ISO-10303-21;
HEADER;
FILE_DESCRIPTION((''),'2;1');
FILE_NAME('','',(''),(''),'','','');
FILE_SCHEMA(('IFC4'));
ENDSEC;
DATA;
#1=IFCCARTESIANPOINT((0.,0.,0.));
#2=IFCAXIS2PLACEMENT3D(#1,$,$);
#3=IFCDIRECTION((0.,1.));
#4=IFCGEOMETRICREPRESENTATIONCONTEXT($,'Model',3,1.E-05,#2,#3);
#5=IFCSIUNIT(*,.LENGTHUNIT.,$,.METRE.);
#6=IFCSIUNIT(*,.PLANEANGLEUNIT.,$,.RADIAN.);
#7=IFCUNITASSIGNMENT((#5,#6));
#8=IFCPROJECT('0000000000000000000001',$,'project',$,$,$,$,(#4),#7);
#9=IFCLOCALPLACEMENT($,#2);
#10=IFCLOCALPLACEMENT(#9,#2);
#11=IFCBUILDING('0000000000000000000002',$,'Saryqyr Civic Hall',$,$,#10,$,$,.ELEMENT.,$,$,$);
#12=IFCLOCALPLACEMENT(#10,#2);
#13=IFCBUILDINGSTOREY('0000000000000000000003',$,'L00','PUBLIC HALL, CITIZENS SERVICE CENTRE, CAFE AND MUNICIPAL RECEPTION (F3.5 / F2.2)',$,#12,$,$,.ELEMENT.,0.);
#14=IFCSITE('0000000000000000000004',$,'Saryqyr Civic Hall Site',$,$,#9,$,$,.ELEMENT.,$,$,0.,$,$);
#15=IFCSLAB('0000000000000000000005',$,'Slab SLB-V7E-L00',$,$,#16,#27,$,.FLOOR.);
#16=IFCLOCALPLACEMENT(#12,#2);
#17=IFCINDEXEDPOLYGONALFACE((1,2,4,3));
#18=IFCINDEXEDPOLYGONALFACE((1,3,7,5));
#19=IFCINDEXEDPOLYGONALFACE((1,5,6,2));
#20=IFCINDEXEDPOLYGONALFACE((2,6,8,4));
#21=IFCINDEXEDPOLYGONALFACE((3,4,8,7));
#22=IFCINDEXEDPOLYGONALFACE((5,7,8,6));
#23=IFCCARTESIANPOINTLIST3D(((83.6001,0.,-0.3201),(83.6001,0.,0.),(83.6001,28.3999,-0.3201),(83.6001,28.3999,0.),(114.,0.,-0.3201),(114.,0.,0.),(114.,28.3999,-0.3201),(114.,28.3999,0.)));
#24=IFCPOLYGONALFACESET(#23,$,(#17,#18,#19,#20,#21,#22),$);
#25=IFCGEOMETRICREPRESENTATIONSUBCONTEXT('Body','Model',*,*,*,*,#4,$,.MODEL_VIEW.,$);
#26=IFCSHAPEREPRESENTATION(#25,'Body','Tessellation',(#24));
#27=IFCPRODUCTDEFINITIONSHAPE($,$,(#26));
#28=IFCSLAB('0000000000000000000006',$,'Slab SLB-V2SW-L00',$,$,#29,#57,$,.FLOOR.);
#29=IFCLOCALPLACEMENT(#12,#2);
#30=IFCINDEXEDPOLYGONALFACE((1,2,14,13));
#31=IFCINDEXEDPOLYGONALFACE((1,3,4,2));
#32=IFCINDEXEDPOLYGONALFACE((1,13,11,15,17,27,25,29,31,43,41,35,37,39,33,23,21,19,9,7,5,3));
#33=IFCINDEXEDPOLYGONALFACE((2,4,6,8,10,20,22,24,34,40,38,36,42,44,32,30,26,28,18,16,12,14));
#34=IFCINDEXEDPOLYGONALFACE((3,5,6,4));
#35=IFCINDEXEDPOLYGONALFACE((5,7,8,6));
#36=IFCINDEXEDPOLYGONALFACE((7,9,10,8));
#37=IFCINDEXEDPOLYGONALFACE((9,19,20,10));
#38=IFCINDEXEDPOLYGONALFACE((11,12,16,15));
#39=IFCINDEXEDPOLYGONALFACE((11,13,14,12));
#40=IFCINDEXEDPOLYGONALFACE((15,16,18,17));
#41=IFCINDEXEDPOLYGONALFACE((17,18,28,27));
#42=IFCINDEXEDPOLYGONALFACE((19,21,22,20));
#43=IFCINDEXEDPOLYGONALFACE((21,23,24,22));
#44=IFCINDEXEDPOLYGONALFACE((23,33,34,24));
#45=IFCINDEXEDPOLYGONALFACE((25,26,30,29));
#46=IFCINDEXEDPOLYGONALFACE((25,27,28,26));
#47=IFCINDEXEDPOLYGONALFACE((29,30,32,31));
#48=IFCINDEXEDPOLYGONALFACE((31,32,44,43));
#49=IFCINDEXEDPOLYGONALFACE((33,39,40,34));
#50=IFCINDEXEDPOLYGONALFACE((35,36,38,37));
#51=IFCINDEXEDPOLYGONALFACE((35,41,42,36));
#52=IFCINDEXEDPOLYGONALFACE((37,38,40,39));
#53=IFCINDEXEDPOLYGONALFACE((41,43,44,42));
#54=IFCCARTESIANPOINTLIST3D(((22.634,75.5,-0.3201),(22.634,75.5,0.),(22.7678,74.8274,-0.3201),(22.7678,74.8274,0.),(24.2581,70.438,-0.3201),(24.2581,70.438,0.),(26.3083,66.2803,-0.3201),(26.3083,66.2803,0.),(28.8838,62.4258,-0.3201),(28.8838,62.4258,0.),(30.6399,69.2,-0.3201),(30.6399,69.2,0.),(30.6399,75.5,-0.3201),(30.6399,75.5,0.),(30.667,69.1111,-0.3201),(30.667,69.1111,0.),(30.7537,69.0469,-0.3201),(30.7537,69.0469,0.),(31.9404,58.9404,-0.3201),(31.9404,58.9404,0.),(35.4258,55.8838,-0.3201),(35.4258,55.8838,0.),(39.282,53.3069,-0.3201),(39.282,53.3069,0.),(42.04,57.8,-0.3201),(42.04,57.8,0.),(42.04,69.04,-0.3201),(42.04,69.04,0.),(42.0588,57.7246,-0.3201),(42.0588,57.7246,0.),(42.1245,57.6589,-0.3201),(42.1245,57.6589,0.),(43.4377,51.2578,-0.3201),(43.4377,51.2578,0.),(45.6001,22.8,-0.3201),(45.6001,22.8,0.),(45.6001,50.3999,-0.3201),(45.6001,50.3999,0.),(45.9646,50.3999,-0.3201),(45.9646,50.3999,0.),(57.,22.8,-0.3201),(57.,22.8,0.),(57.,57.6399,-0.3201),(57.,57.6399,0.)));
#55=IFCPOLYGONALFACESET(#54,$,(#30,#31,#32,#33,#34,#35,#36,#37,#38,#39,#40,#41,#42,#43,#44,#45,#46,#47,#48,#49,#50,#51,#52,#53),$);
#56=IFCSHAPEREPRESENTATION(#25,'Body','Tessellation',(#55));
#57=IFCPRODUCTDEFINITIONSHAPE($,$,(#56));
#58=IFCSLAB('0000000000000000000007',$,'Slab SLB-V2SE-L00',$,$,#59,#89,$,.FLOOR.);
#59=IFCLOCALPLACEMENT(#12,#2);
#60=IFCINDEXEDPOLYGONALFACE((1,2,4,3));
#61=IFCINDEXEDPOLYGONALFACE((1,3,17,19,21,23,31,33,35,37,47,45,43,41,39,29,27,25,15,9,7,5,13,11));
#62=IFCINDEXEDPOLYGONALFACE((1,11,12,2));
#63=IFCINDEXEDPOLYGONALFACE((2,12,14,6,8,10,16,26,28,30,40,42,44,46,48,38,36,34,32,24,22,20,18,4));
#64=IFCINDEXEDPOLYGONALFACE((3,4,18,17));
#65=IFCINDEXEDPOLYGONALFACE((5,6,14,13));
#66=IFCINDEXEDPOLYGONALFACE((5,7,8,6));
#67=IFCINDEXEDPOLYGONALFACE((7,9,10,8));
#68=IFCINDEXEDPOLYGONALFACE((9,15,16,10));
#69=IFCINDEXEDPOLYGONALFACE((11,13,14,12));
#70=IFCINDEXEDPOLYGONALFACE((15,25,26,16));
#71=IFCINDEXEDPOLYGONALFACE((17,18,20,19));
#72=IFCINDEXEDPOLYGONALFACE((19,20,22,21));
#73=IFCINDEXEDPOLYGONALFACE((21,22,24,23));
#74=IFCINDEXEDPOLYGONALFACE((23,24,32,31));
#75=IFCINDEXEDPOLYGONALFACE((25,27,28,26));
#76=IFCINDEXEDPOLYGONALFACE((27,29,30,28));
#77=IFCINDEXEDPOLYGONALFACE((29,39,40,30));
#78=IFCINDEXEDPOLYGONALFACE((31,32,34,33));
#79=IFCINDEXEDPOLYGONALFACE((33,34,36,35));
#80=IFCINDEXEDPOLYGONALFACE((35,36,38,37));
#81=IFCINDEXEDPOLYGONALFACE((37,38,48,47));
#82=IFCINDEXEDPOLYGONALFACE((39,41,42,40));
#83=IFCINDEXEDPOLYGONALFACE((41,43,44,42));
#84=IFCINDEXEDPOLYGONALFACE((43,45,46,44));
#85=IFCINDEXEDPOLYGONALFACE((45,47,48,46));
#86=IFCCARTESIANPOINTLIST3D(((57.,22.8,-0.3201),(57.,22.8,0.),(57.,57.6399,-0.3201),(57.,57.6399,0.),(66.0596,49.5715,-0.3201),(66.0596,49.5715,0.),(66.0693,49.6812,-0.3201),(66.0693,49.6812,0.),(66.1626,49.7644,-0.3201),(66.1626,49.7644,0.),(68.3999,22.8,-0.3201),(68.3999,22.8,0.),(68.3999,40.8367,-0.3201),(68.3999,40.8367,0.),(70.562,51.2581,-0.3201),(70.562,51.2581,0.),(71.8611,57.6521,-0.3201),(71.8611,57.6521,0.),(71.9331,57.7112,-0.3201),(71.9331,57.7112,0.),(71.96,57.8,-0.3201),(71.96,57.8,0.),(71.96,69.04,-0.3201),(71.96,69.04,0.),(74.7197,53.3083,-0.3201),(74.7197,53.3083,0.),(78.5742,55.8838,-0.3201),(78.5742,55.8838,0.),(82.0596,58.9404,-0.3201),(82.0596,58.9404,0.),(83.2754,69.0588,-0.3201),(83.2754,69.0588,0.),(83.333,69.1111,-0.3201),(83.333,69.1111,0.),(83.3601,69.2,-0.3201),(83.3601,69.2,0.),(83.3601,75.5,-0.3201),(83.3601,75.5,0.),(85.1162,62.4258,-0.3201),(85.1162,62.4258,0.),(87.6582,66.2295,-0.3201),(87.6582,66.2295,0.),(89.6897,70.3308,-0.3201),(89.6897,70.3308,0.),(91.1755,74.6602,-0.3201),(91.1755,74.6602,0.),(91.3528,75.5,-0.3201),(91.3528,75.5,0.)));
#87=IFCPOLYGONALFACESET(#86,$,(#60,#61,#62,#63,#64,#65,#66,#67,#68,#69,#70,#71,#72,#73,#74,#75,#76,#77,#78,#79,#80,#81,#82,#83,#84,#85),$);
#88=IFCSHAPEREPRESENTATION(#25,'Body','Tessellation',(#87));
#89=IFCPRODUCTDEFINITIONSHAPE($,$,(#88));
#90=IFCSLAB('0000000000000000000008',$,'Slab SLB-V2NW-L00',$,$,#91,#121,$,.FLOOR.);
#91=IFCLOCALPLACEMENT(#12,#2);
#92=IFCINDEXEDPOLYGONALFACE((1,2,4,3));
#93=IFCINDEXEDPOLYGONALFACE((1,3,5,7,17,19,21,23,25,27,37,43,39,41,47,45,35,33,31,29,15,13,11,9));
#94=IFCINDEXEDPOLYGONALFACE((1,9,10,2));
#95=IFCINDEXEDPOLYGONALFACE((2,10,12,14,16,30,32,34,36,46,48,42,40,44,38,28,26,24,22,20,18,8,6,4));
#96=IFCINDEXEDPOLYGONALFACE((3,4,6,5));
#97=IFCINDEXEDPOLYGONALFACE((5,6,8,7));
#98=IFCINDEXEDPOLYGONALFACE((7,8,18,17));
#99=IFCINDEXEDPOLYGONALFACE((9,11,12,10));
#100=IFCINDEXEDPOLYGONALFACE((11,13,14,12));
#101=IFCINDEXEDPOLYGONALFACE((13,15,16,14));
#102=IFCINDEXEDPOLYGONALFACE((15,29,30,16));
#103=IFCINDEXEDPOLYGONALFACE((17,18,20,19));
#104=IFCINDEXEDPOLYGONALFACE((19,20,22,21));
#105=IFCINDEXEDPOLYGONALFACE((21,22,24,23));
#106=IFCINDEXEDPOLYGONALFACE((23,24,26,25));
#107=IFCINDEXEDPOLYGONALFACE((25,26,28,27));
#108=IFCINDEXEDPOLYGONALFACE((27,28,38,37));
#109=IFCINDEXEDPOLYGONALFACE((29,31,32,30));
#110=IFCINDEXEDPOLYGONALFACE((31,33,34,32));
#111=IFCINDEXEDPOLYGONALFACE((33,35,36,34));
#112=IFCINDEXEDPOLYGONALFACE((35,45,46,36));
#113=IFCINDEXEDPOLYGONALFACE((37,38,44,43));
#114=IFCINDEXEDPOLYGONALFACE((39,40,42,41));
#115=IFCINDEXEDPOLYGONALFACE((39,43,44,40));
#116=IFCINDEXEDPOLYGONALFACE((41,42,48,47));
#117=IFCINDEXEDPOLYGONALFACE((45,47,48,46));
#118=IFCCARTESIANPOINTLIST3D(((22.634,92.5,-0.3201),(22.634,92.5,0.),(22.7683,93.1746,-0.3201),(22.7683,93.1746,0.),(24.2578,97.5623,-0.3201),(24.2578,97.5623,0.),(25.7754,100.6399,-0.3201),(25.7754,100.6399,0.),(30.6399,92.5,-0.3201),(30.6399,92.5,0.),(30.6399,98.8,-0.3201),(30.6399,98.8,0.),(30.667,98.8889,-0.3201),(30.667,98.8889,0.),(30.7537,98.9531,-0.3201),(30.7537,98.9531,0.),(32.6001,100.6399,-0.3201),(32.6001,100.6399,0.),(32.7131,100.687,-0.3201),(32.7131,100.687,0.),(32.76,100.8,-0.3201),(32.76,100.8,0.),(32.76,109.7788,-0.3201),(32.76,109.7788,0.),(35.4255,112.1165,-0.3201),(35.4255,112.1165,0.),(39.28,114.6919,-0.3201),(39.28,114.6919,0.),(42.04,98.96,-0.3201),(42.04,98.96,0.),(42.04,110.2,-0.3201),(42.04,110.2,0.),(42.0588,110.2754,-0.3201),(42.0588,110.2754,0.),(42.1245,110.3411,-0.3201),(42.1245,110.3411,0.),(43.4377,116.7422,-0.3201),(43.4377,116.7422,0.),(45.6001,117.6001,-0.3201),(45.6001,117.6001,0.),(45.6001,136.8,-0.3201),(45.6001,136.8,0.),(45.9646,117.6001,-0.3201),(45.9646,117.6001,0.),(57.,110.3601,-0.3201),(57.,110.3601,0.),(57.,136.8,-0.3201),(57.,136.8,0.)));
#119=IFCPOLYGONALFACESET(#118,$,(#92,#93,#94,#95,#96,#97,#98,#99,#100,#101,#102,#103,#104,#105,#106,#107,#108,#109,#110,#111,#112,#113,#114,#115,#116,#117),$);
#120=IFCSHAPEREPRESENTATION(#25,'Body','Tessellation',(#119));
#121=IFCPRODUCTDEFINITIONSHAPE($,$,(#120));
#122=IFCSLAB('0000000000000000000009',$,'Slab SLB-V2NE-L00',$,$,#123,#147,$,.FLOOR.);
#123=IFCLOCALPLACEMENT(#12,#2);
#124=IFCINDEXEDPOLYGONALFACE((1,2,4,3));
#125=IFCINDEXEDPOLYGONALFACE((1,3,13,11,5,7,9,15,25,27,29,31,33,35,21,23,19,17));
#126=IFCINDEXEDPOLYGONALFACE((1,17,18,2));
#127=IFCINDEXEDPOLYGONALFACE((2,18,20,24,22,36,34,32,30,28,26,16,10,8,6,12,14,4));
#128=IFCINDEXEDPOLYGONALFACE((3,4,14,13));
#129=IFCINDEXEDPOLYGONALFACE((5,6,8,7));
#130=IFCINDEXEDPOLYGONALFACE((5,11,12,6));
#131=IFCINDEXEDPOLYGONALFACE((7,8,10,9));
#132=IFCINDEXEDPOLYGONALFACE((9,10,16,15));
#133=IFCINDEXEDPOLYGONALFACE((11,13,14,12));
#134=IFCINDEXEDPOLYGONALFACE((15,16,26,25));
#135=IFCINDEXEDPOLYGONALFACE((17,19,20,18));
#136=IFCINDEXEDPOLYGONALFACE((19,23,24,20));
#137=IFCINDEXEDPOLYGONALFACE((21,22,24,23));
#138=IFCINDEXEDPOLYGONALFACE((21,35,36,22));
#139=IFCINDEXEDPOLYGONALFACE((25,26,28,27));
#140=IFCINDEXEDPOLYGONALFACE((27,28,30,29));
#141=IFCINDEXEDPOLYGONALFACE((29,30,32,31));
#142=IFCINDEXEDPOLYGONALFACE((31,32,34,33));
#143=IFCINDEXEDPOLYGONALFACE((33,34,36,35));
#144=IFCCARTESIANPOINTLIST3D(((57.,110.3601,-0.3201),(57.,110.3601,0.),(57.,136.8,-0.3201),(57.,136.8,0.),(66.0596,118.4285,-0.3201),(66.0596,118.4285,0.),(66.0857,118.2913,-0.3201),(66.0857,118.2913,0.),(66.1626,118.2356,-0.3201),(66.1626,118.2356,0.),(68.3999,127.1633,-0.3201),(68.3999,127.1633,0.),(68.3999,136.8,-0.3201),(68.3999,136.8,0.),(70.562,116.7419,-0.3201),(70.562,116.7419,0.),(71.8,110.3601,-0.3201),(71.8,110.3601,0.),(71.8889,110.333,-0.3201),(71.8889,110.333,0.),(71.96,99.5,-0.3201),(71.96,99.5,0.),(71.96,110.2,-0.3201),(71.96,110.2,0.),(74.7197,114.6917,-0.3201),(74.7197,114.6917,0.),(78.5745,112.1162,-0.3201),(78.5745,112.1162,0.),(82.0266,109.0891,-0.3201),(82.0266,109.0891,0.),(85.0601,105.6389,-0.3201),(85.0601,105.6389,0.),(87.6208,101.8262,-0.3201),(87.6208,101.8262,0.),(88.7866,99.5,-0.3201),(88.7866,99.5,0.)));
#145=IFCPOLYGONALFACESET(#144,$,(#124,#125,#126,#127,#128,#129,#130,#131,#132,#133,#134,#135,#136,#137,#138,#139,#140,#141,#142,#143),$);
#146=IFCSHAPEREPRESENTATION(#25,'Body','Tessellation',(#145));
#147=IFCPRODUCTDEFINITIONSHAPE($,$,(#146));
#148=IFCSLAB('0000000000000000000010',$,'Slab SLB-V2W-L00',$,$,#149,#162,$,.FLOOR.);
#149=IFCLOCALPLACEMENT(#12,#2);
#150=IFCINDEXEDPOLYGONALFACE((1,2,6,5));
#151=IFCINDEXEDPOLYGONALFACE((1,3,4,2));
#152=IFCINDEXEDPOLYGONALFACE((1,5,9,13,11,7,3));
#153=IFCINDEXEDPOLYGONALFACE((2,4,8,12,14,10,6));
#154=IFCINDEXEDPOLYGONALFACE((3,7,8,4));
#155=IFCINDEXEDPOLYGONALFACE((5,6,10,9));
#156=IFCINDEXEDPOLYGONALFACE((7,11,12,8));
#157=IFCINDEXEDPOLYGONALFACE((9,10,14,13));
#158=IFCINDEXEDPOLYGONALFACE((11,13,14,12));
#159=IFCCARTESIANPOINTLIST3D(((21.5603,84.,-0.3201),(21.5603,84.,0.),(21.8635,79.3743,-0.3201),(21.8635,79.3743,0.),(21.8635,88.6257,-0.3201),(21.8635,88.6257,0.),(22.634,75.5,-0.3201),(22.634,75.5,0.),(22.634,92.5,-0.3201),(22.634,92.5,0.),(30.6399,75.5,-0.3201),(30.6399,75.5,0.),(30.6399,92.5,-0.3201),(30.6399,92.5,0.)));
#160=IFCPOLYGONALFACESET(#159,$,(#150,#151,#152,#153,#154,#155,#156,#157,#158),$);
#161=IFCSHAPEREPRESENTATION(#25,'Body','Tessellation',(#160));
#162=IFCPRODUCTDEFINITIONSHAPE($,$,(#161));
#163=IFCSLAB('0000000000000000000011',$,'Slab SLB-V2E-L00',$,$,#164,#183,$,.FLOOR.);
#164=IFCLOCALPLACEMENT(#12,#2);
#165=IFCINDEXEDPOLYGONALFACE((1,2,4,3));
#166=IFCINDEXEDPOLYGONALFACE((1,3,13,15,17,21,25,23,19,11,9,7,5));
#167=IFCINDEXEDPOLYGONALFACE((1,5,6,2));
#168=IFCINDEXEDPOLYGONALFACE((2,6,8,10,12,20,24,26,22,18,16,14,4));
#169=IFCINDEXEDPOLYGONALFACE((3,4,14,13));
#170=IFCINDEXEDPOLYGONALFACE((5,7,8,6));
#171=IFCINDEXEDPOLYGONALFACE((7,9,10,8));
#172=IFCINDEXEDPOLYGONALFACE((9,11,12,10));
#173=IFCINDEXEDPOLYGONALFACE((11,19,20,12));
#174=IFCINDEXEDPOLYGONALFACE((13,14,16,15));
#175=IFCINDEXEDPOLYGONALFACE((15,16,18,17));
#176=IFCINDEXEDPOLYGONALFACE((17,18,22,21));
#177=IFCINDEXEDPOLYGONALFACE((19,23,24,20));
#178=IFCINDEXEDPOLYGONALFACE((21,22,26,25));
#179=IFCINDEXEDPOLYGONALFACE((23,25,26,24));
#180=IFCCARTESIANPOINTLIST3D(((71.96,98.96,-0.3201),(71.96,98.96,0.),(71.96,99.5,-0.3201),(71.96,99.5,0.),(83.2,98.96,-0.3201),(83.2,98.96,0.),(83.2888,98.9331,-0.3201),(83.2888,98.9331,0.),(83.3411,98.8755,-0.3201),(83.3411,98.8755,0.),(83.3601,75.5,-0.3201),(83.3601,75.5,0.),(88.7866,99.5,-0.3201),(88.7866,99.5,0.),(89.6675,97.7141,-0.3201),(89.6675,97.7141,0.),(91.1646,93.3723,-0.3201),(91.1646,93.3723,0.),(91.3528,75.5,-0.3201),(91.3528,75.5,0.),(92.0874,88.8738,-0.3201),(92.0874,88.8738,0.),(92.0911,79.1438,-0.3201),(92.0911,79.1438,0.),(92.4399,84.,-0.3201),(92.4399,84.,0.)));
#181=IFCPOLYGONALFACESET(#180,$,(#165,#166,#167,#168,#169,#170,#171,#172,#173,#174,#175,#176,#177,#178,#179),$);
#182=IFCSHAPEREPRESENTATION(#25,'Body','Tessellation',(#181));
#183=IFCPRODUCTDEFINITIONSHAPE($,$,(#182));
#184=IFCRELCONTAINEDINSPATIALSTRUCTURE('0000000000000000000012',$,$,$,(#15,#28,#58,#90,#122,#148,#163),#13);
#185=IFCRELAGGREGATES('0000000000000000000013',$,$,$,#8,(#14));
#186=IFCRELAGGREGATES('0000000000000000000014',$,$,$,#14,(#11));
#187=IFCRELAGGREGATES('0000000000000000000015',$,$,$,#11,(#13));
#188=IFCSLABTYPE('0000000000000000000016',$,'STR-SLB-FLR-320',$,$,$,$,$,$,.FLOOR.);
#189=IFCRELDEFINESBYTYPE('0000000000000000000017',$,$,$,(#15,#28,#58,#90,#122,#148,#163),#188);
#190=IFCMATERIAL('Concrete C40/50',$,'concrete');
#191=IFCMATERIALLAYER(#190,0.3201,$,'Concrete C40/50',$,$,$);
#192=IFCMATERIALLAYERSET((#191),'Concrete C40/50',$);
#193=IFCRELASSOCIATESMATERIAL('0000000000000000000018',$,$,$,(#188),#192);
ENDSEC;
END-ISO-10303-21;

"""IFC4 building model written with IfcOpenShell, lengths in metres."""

from ifc_helpers import new_model, si_unit, direction, frame, origin, place, context, subcontext, project, spatial, polyline, outline, extrude, material, layer, layer_set, type_object, element, save


model = new_model("IFC4")

# Units and contexts
model_context = context("Model", 3, precision=1e-05, world=origin(), true_north=direction((0.0, 1.0)))
body_context = subcontext(model_context, "Body", "Model", "MODEL_VIEW")
ifc_project = project(units=[si_unit("LENGTHUNIT", "METRE"), si_unit("PLANEANGLEUNIT", "RADIAN")], contexts=[model_context])

# Site, building, storey
site_placement = place(None, origin())
site = spatial("IfcSite", under=ifc_project, at=site_placement, Name="Saryqyr Civic Hall Site", CompositionType="ELEMENT", RefElevation=0.0)
building_placement = place(site_placement, origin())
building = spatial("IfcBuilding", under=site, at=building_placement, Name="Saryqyr Civic Hall", CompositionType="ELEMENT")
storey_placement = place(building_placement, origin())
storey = spatial("IfcBuildingStorey", under=building, at=storey_placement, Name="L00", Description="PUBLIC HALL, CITIZENS SERVICE CENTRE, CAFE AND MUNICIPAL RECEPTION (F3.5 / F2.2)", CompositionType="ELEMENT", Elevation=0.0)

# Shared definitions
ifc_material_1 = material(Name="Concrete C40/50", Category="concrete")

# Slabs
ifc_layer_1 = layer(ifc_material_1, 0.3201, Name="Concrete C40/50")
ifc_layer_set_1 = layer_set([ifc_layer_1], Name="Concrete C40/50")
slab_type_1 = type_object("IfcSlabType", Name="STR-SLB-FLR-320", PredefinedType="FLOOR", material=ifc_layer_set_1)
slab_1_placement = place(storey_placement, frame((0.0, 0.0, -0.3201)))
element("IfcSlab", 1, at=slab_1_placement, inside=storey, type_object=slab_type_1, Name="Slab SLB-V7E-L00", PredefinedType="FLOOR", context=body_context, shape_type="SweptSolid", body=[
    extrude(outline(polyline([(83.6001, 28.3999), (114.0, 28.3999), (114.0, 0.0), (83.6001, 0.0), (83.6001, 28.3999)])), origin(), (0.0, 0.0, 1.0), 0.3201),
])
slab_2_placement = place(storey_placement, frame((0.0, 0.0, -0.3201)))
element("IfcSlab", 2, at=slab_2_placement, inside=storey, type_object=slab_type_1, Name="Slab SLB-V2SW-L00", PredefinedType="FLOOR", context=body_context, shape_type="SweptSolid", body=[
    extrude(outline(polyline([(45.6001, 50.3999), (45.9646, 50.3999), (43.4377, 51.2578), (39.282, 53.3069), (35.4258, 55.8838), (31.9404, 58.9404), (28.8838, 62.4258), (26.3083, 66.2803), (24.2581, 70.438), (22.7678, 74.8274), (22.634, 75.5), (30.6399, 75.5), (30.6399, 69.2), (30.667, 69.1111), (30.7537, 69.0469), (42.04, 69.04), (42.04, 57.8), (42.0588, 57.7246), (42.1245, 57.6589), (57.0, 57.6399), (57.0, 22.8), (45.6001, 22.8), (45.6001, 50.3999)])), origin(), (0.0, 0.0, 1.0), 0.3201),
])
slab_3_placement = place(storey_placement, frame((0.0, 0.0, -0.3201)))
element("IfcSlab", 3, at=slab_3_placement, inside=storey, type_object=slab_type_1, Name="Slab SLB-V2SE-L00", PredefinedType="FLOOR", context=body_context, shape_type="SweptSolid", body=[
    extrude(outline(polyline([(91.1755, 74.6602), (89.6897, 70.3308), (87.6582, 66.2295), (85.1162, 62.4258), (82.0596, 58.9404), (78.5742, 55.8838), (74.7197, 53.3083), (70.562, 51.2581), (66.1626, 49.7644), (66.0693, 49.6812), (66.0596, 49.5715), (68.3999, 40.8367), (68.3999, 22.8), (57.0, 22.8), (57.0, 57.6399), (71.8611, 57.6521), (71.9331, 57.7112), (71.96, 57.8), (71.96, 69.04), (83.2754, 69.0588), (83.333, 69.1111), (83.3601, 69.2), (83.3601, 75.5), (91.3528, 75.5), (91.1755, 74.6602)])), origin(), (0.0, 0.0, 1.0), 0.3201),
])
slab_4_placement = place(storey_placement, frame((0.0, 0.0, -0.3201)))
element("IfcSlab", 4, at=slab_4_placement, inside=storey, type_object=slab_type_1, Name="Slab SLB-V2NW-L00", PredefinedType="FLOOR", context=body_context, shape_type="SweptSolid", body=[
    extrude(outline(polyline([(32.6001, 100.6399), (32.7131, 100.687), (32.76, 100.8), (32.76, 109.7788), (35.4255, 112.1165), (39.28, 114.6919), (43.4377, 116.7422), (45.9646, 117.6001), (45.6001, 117.6001), (45.6001, 136.8), (57.0, 136.8), (57.0, 110.3601), (42.1245, 110.3411), (42.0588, 110.2754), (42.04, 110.2), (42.04, 98.96), (30.7537, 98.9531), (30.667, 98.8889), (30.6399, 98.8), (30.6399, 92.5), (22.634, 92.5), (22.7683, 93.1746), (24.2578, 97.5623), (25.7754, 100.6399), (32.6001, 100.6399)])), origin(), (0.0, 0.0, 1.0), 0.3201),
])
slab_5_placement = place(storey_placement, frame((0.0, 0.0, -0.3201)))
element("IfcSlab", 5, at=slab_5_placement, inside=storey, type_object=slab_type_1, Name="Slab SLB-V2NE-L00", PredefinedType="FLOOR", context=body_context, shape_type="SweptSolid", body=[
    extrude(outline(polyline([(68.3999, 127.1633), (66.0596, 118.4285), (66.0857, 118.2913), (66.1626, 118.2356), (70.562, 116.7419), (74.7197, 114.6917), (78.5745, 112.1162), (82.0266, 109.0891), (85.0601, 105.6389), (87.6208, 101.8262), (88.7866, 99.5), (71.96, 99.5), (71.96, 110.2), (71.8889, 110.333), (71.8, 110.3601), (57.0, 110.3601), (57.0, 136.8), (68.3999, 136.8), (68.3999, 127.1633)])), origin(), (0.0, 0.0, 1.0), 0.3201),
])
slab_6_placement = place(storey_placement, frame((0.0, 0.0, -0.3201)))
element("IfcSlab", 6, at=slab_6_placement, inside=storey, type_object=slab_type_1, Name="Slab SLB-V2W-L00", PredefinedType="FLOOR", context=body_context, shape_type="SweptSolid", body=[
    extrude(outline(polyline([(21.5603, 84.0), (21.8635, 88.6257), (22.634, 92.5), (30.6399, 92.5), (30.6399, 75.5), (22.634, 75.5), (21.8635, 79.3743), (21.5603, 84.0)])), origin(), (0.0, 0.0, 1.0), 0.3201),
])
slab_7_placement = place(storey_placement, frame((0.0, 0.0, -0.3201)))
element("IfcSlab", 7, at=slab_7_placement, inside=storey, type_object=slab_type_1, Name="Slab SLB-V2E-L00", PredefinedType="FLOOR", context=body_context, shape_type="SweptSolid", body=[
    extrude(outline(polyline([(89.6675, 97.7141), (91.1646, 93.3723), (92.0874, 88.8738), (92.4399, 84.0), (92.0911, 79.1438), (91.3528, 75.5), (83.3601, 75.5), (83.3411, 98.8755), (83.2888, 98.9331), (83.2, 98.96), (71.96, 98.96), (71.96, 99.5), (88.7866, 99.5), (89.6675, 97.7141)])), origin(), (0.0, 0.0, 1.0), 0.3201),
])

save(model, "model.ifc")
